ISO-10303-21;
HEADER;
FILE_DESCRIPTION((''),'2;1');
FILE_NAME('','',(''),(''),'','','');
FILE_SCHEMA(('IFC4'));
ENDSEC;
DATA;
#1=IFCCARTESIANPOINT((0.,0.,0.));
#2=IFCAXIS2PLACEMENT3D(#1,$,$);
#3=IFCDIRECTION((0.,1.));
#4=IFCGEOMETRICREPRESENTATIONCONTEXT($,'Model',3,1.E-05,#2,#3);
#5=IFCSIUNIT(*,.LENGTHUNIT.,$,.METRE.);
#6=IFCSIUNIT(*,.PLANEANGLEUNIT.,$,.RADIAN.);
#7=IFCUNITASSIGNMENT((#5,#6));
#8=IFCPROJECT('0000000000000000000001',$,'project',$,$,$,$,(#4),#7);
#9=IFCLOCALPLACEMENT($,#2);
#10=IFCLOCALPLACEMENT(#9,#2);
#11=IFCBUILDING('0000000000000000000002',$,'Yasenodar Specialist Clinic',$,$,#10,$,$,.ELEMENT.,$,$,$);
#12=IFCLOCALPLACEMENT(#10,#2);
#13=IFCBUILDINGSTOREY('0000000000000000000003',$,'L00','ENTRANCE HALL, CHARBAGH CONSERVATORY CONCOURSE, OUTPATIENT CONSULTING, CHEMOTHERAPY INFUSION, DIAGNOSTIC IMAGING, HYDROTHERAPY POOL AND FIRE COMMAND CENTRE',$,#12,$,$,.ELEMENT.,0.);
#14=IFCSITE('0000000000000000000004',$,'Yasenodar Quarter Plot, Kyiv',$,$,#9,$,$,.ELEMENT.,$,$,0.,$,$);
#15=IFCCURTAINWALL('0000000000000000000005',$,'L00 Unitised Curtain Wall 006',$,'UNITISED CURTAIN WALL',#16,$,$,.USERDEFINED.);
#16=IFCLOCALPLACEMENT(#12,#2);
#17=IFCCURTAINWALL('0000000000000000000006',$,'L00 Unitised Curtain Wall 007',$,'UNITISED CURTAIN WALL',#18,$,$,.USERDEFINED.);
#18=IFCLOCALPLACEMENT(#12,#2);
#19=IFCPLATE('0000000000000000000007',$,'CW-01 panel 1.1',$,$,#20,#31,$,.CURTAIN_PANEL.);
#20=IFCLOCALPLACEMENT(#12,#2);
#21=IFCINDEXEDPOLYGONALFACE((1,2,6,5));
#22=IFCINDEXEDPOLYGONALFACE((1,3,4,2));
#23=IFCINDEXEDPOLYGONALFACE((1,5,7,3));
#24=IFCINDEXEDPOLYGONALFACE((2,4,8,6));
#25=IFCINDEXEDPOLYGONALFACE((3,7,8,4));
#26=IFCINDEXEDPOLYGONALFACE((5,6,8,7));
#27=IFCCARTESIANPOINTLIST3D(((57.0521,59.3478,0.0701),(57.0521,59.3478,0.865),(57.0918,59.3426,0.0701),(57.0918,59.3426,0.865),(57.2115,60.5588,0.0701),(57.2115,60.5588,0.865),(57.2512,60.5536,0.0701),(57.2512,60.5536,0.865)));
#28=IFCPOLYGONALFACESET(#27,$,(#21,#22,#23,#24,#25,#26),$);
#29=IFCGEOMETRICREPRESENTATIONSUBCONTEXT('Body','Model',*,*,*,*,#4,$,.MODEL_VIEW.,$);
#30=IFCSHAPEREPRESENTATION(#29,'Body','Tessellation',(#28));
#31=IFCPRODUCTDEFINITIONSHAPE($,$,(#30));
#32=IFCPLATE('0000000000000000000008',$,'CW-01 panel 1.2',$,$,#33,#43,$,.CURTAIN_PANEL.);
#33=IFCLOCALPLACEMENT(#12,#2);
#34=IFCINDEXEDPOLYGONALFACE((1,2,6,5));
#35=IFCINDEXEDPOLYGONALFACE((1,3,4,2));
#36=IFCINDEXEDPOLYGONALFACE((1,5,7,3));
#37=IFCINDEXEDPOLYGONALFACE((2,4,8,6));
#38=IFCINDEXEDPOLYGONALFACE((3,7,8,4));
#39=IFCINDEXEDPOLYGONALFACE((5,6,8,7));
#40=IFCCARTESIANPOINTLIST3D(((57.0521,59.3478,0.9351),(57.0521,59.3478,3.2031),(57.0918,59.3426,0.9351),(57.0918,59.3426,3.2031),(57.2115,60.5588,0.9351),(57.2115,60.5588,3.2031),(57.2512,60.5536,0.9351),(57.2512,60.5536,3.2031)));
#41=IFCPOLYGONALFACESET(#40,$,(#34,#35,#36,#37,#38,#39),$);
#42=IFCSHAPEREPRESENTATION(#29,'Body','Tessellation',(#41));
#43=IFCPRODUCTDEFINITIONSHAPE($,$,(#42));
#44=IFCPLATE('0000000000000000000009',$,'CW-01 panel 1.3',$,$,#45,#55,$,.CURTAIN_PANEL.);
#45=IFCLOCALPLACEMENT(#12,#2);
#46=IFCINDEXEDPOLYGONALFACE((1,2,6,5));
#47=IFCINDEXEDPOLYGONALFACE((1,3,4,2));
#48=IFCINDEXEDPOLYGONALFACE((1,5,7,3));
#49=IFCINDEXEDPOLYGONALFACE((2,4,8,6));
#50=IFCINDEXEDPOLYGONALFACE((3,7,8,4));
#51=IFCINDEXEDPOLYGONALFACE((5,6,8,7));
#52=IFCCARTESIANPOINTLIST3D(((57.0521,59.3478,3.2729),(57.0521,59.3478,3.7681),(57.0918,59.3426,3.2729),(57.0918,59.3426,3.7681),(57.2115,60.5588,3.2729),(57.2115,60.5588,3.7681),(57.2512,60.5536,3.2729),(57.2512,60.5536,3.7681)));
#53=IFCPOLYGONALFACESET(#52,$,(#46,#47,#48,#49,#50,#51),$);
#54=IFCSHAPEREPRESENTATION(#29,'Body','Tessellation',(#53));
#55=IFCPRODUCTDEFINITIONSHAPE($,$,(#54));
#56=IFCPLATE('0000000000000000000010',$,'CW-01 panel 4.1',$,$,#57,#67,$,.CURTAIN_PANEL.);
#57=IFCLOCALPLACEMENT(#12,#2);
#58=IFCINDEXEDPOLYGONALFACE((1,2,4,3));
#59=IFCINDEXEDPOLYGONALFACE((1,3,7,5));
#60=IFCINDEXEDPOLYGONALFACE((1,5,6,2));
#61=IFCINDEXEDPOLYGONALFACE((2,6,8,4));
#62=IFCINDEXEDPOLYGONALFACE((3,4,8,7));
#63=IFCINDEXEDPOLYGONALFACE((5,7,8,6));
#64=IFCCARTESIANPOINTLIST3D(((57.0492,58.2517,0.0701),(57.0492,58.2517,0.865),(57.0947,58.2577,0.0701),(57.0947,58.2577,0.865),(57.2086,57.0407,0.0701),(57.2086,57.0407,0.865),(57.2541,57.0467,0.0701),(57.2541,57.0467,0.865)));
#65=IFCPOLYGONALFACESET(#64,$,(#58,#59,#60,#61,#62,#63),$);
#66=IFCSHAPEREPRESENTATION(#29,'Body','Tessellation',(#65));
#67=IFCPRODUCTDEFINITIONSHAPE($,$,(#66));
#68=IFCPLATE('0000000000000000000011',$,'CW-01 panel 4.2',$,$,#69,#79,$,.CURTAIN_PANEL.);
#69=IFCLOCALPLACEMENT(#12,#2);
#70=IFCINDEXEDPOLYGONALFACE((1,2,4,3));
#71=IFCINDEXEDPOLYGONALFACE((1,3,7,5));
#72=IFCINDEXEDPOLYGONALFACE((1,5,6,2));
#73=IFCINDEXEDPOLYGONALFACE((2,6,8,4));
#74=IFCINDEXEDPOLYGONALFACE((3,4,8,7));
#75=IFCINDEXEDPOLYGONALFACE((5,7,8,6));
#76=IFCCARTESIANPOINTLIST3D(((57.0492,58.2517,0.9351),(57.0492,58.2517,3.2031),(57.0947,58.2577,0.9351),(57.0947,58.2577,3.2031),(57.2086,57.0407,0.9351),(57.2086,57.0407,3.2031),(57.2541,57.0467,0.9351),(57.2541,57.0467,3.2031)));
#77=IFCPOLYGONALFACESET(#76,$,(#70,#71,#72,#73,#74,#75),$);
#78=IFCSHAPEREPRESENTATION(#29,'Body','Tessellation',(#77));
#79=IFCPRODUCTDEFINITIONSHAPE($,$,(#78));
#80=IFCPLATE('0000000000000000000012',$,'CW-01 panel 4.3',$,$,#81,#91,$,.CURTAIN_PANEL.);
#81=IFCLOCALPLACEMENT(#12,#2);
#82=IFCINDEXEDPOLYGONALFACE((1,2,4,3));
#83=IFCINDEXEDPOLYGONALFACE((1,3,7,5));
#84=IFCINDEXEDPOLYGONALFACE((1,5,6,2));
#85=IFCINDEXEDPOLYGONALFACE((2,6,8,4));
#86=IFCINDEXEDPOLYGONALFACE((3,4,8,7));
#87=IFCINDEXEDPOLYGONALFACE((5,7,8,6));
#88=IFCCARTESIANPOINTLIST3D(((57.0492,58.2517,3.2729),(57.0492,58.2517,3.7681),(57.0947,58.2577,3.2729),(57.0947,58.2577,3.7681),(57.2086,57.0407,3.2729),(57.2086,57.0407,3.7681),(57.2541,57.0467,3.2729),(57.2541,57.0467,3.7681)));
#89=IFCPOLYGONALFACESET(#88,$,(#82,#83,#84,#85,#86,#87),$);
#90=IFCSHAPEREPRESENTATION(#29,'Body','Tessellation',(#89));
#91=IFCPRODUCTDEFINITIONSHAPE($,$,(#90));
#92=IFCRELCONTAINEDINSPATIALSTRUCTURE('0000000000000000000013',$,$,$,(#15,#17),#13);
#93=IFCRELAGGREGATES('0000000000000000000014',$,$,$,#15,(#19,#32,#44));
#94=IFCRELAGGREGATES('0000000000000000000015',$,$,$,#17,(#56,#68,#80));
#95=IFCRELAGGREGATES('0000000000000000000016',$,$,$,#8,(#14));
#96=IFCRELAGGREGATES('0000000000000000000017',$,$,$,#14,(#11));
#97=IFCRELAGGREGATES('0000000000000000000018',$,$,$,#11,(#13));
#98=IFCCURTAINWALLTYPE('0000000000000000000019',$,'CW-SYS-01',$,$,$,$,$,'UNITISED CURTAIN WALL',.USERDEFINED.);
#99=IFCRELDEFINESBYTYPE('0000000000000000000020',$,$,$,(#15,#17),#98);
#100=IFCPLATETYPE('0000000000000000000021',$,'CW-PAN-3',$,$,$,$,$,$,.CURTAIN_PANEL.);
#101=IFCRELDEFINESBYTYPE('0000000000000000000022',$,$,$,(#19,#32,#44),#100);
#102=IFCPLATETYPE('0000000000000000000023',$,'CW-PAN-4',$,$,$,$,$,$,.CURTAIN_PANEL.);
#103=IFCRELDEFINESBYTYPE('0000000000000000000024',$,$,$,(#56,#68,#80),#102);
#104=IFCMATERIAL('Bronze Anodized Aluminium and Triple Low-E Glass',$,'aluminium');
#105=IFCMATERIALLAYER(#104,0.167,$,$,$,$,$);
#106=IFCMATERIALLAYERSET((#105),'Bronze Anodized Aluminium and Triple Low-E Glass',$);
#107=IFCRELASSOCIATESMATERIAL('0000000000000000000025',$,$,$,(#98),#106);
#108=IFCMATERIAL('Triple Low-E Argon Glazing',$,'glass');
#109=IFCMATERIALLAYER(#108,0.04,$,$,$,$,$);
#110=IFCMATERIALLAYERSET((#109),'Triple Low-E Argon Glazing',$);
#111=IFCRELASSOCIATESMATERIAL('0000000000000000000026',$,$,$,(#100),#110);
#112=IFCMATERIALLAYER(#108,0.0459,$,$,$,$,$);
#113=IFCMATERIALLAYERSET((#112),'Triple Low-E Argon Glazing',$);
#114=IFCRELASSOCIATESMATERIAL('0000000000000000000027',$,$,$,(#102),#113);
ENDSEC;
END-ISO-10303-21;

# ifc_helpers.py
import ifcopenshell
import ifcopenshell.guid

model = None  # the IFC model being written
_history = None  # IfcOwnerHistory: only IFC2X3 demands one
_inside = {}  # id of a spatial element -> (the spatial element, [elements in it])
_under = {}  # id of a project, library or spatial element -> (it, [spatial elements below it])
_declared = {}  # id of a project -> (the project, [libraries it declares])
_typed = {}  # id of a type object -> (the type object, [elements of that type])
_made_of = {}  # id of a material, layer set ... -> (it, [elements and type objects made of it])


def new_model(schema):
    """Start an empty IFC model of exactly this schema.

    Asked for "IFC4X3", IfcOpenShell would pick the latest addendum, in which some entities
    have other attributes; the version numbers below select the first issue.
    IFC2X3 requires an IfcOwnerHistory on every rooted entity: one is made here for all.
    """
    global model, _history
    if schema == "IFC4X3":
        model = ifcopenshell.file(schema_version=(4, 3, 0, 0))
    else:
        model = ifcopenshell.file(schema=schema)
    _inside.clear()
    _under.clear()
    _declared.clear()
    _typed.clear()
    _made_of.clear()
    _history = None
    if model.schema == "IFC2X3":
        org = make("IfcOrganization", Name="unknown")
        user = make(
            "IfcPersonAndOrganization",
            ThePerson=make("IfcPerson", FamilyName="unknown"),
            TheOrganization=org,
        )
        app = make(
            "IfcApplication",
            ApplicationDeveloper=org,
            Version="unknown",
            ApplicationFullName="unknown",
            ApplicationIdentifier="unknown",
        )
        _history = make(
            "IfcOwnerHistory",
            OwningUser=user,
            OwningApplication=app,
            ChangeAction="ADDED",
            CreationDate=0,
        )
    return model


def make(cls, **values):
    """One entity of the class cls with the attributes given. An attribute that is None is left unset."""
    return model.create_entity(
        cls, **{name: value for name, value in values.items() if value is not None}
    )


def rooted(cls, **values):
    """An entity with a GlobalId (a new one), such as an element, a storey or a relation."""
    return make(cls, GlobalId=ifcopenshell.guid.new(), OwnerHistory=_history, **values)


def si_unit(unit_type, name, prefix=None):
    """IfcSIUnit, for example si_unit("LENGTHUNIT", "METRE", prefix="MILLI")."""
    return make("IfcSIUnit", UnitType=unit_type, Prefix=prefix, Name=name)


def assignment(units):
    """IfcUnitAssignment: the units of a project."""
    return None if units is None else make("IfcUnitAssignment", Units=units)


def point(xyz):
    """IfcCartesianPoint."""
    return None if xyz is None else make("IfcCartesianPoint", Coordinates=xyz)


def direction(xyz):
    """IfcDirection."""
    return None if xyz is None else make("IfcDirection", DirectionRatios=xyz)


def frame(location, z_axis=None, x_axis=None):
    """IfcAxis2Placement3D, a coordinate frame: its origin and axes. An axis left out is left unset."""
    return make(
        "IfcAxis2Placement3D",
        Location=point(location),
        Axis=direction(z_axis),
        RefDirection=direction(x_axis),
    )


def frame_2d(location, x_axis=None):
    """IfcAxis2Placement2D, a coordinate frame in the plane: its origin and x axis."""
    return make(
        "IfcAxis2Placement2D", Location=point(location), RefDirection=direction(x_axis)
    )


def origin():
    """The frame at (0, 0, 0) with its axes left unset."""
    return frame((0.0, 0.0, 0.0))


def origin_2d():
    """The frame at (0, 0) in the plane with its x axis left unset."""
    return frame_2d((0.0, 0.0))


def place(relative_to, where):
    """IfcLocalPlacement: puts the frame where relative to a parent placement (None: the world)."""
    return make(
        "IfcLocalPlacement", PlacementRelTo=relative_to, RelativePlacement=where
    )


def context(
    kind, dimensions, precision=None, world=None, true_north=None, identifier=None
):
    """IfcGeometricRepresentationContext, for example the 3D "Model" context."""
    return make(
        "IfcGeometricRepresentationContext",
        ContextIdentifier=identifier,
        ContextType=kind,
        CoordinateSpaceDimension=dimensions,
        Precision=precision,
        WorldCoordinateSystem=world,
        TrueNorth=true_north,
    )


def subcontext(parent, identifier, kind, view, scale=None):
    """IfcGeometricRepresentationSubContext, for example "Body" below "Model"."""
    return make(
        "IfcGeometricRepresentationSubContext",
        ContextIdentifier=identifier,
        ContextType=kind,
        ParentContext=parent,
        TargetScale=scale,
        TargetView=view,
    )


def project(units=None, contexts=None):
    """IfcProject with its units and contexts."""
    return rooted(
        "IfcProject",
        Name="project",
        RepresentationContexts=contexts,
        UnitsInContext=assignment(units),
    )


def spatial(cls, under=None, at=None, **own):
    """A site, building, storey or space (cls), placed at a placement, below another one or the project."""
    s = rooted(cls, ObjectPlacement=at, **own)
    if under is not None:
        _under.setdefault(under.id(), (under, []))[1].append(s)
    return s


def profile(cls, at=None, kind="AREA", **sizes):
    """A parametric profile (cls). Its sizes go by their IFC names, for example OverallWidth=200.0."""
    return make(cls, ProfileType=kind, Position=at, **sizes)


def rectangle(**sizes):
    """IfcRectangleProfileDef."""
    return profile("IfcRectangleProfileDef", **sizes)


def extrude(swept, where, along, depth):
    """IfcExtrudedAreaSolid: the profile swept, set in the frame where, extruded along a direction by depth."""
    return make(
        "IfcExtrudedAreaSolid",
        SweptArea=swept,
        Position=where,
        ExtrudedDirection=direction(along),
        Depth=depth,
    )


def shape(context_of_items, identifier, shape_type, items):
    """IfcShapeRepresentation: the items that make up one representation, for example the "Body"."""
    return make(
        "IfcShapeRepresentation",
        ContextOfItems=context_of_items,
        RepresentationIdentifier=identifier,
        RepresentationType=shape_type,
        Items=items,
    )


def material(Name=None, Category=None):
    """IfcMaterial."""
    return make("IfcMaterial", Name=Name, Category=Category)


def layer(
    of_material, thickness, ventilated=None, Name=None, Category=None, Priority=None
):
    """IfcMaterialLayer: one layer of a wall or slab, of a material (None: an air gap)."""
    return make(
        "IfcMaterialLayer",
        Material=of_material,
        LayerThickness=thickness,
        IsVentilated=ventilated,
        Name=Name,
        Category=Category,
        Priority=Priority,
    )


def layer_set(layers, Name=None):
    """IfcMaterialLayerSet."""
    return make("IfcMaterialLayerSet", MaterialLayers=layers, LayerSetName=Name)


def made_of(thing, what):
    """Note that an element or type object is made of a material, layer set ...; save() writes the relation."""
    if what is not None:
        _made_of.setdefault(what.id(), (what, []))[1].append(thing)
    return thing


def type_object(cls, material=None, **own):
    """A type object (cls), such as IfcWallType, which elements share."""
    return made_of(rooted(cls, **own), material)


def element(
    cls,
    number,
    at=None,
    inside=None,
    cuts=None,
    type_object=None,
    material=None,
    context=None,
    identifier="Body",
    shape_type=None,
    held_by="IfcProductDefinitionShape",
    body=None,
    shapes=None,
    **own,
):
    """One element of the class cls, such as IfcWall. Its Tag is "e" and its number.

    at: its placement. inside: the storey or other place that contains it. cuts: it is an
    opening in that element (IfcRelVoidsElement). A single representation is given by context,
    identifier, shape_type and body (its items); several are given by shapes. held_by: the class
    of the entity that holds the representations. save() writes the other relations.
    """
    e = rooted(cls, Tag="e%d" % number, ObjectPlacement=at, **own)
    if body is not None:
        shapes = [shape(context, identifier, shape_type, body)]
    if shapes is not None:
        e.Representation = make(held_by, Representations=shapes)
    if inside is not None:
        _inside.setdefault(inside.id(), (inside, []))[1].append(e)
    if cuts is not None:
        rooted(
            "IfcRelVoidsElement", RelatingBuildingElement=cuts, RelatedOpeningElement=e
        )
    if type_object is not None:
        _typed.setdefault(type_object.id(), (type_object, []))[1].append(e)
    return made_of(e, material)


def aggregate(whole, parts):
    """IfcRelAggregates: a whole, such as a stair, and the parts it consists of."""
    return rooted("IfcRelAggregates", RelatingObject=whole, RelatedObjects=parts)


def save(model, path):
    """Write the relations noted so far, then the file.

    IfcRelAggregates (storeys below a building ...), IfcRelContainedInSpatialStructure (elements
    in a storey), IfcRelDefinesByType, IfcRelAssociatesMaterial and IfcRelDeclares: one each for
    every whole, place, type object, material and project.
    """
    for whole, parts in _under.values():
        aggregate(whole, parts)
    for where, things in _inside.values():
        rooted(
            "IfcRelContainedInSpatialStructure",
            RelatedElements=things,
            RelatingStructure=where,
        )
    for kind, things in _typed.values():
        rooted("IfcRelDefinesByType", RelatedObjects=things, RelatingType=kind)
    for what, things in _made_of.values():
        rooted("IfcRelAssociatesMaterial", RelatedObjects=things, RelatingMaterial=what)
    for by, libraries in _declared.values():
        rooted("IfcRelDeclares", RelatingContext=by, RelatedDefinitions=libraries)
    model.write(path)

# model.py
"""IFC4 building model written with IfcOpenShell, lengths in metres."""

from ifc_helpers import new_model, si_unit, direction, frame, origin, origin_2d, place, context, subcontext, project, spatial, rectangle, extrude, material, layer, layer_set, type_object, element, aggregate, save


model = new_model("IFC4")

# Units and contexts
model_context = context("Model", 3, precision=1e-05, world=origin(), true_north=direction((0.0, 1.0)))
body_context = subcontext(model_context, "Body", "Model", "MODEL_VIEW")
ifc_project = project(units=[si_unit("LENGTHUNIT", "METRE"), si_unit("PLANEANGLEUNIT", "RADIAN")], contexts=[model_context])

# Site, building, storey
site_placement = place(None, origin())
site = spatial("IfcSite", under=ifc_project, at=site_placement, Name="Yasenodar Quarter Plot, Kyiv", CompositionType="ELEMENT", RefElevation=0.0)
building_placement = place(site_placement, origin())
building = spatial("IfcBuilding", under=site, at=building_placement, Name="Yasenodar Specialist Clinic", CompositionType="ELEMENT")
storey_placement = place(building_placement, origin())
storey = spatial("IfcBuildingStorey", under=building, at=storey_placement, Name="L00", Description="ENTRANCE HALL, CHARBAGH CONSERVATORY CONCOURSE, OUTPATIENT CONSULTING, CHEMOTHERAPY INFUSION, DIAGNOSTIC IMAGING, HYDROTHERAPY POOL AND FIRE COMMAND CENTRE", CompositionType="ELEMENT", Elevation=0.0)

# Curtain wall
ifc_material_1 = material(Name="Bronze Anodized Aluminium and Triple Low-E Glass", Category="aluminium")
ifc_layer_1 = layer(ifc_material_1, 0.167)
ifc_layer_set_1 = layer_set([ifc_layer_1], Name="Bronze Anodized Aluminium and Triple Low-E Glass")
curtain_wall_type = type_object("IfcCurtainWallType", Name="CW-SYS-01", ElementType="UNITISED CURTAIN WALL", PredefinedType="USERDEFINED", material=ifc_layer_set_1)
curtain_wall_1_placement = place(storey_placement, origin())
curtain_wall_1 = element("IfcCurtainWall", 1, at=curtain_wall_1_placement, inside=storey, type_object=curtain_wall_type, Name="L00 Unitised Curtain Wall 006", ObjectType="UNITISED CURTAIN WALL", PredefinedType="USERDEFINED")

# Curtain wall
curtain_wall_2_placement = place(storey_placement, origin())
curtain_wall_2 = element("IfcCurtainWall", 2, at=curtain_wall_2_placement, inside=storey, type_object=curtain_wall_type, Name="L00 Unitised Curtain Wall 007", ObjectType="UNITISED CURTAIN WALL", PredefinedType="USERDEFINED")

# Plates
ifc_material_2 = material(Name="Triple Low-E Argon Glazing", Category="glass")
ifc_layer_2 = layer(ifc_material_2, 0.04)
ifc_layer_set_2 = layer_set([ifc_layer_2], Name="Triple Low-E Argon Glazing")
plate_type_1 = type_object("IfcPlateType", Name="CW-PAN-3", PredefinedType="CURTAIN_PANEL", material=ifc_layer_set_2)
plate_1_placement = place(storey_placement, frame((57.1516, 59.9507, 0.0701), z_axis=(0.0, 0.0, 1.0), x_axis=(0.130512, 0.991447, 0.0)))
plate_1 = element("IfcPlate", 3, at=plate_1_placement, type_object=plate_type_1, Name="CW-01 panel 1.1", PredefinedType="CURTAIN_PANEL", context=body_context, shape_type="SweptSolid", body=[
    extrude(rectangle(XDim=1.2214, YDim=0.04, at=origin_2d()), origin(), (0.0, 0.0, 1.0), 0.7949),
])
plate_2_placement = place(storey_placement, frame((57.1516, 59.9507, 0.9351), z_axis=(0.0, 0.0, 1.0), x_axis=(0.130512, 0.991447, 0.0)))
plate_2 = element("IfcPlate", 4, at=plate_2_placement, type_object=plate_type_1, Name="CW-01 panel 1.2", PredefinedType="CURTAIN_PANEL", context=body_context, shape_type="SweptSolid", body=[
    extrude(rectangle(XDim=1.2214, YDim=0.04, at=origin_2d()), origin(), (0.0, 0.0, 1.0), 2.2681),
])
plate_3_placement = place(storey_placement, frame((57.1516, 59.9507, 3.2729), z_axis=(0.0, 0.0, 1.0), x_axis=(0.130512, 0.991447, 0.0)))
plate_3 = element("IfcPlate", 5, at=plate_3_placement, type_object=plate_type_1, Name="CW-01 panel 1.3", PredefinedType="CURTAIN_PANEL", context=body_context, shape_type="SweptSolid", body=[
    extrude(rectangle(XDim=1.2214, YDim=0.04, at=origin_2d()), origin(), (0.0, 0.0, 1.0), 0.4951),
])
aggregate(curtain_wall_1, [plate_1, plate_2, plate_3])
ifc_layer_3 = layer(ifc_material_2, 0.0459)
ifc_layer_set_3 = layer_set([ifc_layer_3], Name="Triple Low-E Argon Glazing")
plate_type_2 = type_object("IfcPlateType", Name="CW-PAN-4", PredefinedType="CURTAIN_PANEL", material=ifc_layer_set_3)
plate_4_placement = place(storey_placement, frame((57.1516, 57.6492, 0.0701), z_axis=(0.0, 0.0, 1.0), x_axis=(-0.130512, 0.991447, 0.0)))
plate_4 = element("IfcPlate", 6, at=plate_4_placement, type_object=plate_type_2, Name="CW-01 panel 4.1", PredefinedType="CURTAIN_PANEL", context=body_context, shape_type="SweptSolid", body=[
    extrude(rectangle(XDim=1.2214, YDim=0.0459, at=origin_2d()), origin(), (0.0, 0.0, 1.0), 0.7949),
])
plate_5_placement = place(storey_placement, frame((57.1516, 57.6492, 0.9351), z_axis=(0.0, 0.0, 1.0), x_axis=(-0.130512, 0.991447, 0.0)))
plate_5 = element("IfcPlate", 7, at=plate_5_placement, type_object=plate_type_2, Name="CW-01 panel 4.2", PredefinedType="CURTAIN_PANEL", context=body_context, shape_type="SweptSolid", body=[
    extrude(rectangle(XDim=1.2214, YDim=0.0459, at=origin_2d()), origin(), (0.0, 0.0, 1.0), 2.2681),
])
plate_6_placement = place(storey_placement, frame((57.1516, 57.6492, 3.2729), z_axis=(0.0, 0.0, 1.0), x_axis=(-0.130512, 0.991447, 0.0)))
plate_6 = element("IfcPlate", 8, at=plate_6_placement, type_object=plate_type_2, Name="CW-01 panel 4.3", PredefinedType="CURTAIN_PANEL", context=body_context, shape_type="SweptSolid", body=[
    extrude(rectangle(XDim=1.2214, YDim=0.0459, at=origin_2d()), origin(), (0.0, 0.0, 1.0), 0.4951),
])
aggregate(curtain_wall_2, [plate_4, plate_5, plate_6])

save(model, "model.ifc")
